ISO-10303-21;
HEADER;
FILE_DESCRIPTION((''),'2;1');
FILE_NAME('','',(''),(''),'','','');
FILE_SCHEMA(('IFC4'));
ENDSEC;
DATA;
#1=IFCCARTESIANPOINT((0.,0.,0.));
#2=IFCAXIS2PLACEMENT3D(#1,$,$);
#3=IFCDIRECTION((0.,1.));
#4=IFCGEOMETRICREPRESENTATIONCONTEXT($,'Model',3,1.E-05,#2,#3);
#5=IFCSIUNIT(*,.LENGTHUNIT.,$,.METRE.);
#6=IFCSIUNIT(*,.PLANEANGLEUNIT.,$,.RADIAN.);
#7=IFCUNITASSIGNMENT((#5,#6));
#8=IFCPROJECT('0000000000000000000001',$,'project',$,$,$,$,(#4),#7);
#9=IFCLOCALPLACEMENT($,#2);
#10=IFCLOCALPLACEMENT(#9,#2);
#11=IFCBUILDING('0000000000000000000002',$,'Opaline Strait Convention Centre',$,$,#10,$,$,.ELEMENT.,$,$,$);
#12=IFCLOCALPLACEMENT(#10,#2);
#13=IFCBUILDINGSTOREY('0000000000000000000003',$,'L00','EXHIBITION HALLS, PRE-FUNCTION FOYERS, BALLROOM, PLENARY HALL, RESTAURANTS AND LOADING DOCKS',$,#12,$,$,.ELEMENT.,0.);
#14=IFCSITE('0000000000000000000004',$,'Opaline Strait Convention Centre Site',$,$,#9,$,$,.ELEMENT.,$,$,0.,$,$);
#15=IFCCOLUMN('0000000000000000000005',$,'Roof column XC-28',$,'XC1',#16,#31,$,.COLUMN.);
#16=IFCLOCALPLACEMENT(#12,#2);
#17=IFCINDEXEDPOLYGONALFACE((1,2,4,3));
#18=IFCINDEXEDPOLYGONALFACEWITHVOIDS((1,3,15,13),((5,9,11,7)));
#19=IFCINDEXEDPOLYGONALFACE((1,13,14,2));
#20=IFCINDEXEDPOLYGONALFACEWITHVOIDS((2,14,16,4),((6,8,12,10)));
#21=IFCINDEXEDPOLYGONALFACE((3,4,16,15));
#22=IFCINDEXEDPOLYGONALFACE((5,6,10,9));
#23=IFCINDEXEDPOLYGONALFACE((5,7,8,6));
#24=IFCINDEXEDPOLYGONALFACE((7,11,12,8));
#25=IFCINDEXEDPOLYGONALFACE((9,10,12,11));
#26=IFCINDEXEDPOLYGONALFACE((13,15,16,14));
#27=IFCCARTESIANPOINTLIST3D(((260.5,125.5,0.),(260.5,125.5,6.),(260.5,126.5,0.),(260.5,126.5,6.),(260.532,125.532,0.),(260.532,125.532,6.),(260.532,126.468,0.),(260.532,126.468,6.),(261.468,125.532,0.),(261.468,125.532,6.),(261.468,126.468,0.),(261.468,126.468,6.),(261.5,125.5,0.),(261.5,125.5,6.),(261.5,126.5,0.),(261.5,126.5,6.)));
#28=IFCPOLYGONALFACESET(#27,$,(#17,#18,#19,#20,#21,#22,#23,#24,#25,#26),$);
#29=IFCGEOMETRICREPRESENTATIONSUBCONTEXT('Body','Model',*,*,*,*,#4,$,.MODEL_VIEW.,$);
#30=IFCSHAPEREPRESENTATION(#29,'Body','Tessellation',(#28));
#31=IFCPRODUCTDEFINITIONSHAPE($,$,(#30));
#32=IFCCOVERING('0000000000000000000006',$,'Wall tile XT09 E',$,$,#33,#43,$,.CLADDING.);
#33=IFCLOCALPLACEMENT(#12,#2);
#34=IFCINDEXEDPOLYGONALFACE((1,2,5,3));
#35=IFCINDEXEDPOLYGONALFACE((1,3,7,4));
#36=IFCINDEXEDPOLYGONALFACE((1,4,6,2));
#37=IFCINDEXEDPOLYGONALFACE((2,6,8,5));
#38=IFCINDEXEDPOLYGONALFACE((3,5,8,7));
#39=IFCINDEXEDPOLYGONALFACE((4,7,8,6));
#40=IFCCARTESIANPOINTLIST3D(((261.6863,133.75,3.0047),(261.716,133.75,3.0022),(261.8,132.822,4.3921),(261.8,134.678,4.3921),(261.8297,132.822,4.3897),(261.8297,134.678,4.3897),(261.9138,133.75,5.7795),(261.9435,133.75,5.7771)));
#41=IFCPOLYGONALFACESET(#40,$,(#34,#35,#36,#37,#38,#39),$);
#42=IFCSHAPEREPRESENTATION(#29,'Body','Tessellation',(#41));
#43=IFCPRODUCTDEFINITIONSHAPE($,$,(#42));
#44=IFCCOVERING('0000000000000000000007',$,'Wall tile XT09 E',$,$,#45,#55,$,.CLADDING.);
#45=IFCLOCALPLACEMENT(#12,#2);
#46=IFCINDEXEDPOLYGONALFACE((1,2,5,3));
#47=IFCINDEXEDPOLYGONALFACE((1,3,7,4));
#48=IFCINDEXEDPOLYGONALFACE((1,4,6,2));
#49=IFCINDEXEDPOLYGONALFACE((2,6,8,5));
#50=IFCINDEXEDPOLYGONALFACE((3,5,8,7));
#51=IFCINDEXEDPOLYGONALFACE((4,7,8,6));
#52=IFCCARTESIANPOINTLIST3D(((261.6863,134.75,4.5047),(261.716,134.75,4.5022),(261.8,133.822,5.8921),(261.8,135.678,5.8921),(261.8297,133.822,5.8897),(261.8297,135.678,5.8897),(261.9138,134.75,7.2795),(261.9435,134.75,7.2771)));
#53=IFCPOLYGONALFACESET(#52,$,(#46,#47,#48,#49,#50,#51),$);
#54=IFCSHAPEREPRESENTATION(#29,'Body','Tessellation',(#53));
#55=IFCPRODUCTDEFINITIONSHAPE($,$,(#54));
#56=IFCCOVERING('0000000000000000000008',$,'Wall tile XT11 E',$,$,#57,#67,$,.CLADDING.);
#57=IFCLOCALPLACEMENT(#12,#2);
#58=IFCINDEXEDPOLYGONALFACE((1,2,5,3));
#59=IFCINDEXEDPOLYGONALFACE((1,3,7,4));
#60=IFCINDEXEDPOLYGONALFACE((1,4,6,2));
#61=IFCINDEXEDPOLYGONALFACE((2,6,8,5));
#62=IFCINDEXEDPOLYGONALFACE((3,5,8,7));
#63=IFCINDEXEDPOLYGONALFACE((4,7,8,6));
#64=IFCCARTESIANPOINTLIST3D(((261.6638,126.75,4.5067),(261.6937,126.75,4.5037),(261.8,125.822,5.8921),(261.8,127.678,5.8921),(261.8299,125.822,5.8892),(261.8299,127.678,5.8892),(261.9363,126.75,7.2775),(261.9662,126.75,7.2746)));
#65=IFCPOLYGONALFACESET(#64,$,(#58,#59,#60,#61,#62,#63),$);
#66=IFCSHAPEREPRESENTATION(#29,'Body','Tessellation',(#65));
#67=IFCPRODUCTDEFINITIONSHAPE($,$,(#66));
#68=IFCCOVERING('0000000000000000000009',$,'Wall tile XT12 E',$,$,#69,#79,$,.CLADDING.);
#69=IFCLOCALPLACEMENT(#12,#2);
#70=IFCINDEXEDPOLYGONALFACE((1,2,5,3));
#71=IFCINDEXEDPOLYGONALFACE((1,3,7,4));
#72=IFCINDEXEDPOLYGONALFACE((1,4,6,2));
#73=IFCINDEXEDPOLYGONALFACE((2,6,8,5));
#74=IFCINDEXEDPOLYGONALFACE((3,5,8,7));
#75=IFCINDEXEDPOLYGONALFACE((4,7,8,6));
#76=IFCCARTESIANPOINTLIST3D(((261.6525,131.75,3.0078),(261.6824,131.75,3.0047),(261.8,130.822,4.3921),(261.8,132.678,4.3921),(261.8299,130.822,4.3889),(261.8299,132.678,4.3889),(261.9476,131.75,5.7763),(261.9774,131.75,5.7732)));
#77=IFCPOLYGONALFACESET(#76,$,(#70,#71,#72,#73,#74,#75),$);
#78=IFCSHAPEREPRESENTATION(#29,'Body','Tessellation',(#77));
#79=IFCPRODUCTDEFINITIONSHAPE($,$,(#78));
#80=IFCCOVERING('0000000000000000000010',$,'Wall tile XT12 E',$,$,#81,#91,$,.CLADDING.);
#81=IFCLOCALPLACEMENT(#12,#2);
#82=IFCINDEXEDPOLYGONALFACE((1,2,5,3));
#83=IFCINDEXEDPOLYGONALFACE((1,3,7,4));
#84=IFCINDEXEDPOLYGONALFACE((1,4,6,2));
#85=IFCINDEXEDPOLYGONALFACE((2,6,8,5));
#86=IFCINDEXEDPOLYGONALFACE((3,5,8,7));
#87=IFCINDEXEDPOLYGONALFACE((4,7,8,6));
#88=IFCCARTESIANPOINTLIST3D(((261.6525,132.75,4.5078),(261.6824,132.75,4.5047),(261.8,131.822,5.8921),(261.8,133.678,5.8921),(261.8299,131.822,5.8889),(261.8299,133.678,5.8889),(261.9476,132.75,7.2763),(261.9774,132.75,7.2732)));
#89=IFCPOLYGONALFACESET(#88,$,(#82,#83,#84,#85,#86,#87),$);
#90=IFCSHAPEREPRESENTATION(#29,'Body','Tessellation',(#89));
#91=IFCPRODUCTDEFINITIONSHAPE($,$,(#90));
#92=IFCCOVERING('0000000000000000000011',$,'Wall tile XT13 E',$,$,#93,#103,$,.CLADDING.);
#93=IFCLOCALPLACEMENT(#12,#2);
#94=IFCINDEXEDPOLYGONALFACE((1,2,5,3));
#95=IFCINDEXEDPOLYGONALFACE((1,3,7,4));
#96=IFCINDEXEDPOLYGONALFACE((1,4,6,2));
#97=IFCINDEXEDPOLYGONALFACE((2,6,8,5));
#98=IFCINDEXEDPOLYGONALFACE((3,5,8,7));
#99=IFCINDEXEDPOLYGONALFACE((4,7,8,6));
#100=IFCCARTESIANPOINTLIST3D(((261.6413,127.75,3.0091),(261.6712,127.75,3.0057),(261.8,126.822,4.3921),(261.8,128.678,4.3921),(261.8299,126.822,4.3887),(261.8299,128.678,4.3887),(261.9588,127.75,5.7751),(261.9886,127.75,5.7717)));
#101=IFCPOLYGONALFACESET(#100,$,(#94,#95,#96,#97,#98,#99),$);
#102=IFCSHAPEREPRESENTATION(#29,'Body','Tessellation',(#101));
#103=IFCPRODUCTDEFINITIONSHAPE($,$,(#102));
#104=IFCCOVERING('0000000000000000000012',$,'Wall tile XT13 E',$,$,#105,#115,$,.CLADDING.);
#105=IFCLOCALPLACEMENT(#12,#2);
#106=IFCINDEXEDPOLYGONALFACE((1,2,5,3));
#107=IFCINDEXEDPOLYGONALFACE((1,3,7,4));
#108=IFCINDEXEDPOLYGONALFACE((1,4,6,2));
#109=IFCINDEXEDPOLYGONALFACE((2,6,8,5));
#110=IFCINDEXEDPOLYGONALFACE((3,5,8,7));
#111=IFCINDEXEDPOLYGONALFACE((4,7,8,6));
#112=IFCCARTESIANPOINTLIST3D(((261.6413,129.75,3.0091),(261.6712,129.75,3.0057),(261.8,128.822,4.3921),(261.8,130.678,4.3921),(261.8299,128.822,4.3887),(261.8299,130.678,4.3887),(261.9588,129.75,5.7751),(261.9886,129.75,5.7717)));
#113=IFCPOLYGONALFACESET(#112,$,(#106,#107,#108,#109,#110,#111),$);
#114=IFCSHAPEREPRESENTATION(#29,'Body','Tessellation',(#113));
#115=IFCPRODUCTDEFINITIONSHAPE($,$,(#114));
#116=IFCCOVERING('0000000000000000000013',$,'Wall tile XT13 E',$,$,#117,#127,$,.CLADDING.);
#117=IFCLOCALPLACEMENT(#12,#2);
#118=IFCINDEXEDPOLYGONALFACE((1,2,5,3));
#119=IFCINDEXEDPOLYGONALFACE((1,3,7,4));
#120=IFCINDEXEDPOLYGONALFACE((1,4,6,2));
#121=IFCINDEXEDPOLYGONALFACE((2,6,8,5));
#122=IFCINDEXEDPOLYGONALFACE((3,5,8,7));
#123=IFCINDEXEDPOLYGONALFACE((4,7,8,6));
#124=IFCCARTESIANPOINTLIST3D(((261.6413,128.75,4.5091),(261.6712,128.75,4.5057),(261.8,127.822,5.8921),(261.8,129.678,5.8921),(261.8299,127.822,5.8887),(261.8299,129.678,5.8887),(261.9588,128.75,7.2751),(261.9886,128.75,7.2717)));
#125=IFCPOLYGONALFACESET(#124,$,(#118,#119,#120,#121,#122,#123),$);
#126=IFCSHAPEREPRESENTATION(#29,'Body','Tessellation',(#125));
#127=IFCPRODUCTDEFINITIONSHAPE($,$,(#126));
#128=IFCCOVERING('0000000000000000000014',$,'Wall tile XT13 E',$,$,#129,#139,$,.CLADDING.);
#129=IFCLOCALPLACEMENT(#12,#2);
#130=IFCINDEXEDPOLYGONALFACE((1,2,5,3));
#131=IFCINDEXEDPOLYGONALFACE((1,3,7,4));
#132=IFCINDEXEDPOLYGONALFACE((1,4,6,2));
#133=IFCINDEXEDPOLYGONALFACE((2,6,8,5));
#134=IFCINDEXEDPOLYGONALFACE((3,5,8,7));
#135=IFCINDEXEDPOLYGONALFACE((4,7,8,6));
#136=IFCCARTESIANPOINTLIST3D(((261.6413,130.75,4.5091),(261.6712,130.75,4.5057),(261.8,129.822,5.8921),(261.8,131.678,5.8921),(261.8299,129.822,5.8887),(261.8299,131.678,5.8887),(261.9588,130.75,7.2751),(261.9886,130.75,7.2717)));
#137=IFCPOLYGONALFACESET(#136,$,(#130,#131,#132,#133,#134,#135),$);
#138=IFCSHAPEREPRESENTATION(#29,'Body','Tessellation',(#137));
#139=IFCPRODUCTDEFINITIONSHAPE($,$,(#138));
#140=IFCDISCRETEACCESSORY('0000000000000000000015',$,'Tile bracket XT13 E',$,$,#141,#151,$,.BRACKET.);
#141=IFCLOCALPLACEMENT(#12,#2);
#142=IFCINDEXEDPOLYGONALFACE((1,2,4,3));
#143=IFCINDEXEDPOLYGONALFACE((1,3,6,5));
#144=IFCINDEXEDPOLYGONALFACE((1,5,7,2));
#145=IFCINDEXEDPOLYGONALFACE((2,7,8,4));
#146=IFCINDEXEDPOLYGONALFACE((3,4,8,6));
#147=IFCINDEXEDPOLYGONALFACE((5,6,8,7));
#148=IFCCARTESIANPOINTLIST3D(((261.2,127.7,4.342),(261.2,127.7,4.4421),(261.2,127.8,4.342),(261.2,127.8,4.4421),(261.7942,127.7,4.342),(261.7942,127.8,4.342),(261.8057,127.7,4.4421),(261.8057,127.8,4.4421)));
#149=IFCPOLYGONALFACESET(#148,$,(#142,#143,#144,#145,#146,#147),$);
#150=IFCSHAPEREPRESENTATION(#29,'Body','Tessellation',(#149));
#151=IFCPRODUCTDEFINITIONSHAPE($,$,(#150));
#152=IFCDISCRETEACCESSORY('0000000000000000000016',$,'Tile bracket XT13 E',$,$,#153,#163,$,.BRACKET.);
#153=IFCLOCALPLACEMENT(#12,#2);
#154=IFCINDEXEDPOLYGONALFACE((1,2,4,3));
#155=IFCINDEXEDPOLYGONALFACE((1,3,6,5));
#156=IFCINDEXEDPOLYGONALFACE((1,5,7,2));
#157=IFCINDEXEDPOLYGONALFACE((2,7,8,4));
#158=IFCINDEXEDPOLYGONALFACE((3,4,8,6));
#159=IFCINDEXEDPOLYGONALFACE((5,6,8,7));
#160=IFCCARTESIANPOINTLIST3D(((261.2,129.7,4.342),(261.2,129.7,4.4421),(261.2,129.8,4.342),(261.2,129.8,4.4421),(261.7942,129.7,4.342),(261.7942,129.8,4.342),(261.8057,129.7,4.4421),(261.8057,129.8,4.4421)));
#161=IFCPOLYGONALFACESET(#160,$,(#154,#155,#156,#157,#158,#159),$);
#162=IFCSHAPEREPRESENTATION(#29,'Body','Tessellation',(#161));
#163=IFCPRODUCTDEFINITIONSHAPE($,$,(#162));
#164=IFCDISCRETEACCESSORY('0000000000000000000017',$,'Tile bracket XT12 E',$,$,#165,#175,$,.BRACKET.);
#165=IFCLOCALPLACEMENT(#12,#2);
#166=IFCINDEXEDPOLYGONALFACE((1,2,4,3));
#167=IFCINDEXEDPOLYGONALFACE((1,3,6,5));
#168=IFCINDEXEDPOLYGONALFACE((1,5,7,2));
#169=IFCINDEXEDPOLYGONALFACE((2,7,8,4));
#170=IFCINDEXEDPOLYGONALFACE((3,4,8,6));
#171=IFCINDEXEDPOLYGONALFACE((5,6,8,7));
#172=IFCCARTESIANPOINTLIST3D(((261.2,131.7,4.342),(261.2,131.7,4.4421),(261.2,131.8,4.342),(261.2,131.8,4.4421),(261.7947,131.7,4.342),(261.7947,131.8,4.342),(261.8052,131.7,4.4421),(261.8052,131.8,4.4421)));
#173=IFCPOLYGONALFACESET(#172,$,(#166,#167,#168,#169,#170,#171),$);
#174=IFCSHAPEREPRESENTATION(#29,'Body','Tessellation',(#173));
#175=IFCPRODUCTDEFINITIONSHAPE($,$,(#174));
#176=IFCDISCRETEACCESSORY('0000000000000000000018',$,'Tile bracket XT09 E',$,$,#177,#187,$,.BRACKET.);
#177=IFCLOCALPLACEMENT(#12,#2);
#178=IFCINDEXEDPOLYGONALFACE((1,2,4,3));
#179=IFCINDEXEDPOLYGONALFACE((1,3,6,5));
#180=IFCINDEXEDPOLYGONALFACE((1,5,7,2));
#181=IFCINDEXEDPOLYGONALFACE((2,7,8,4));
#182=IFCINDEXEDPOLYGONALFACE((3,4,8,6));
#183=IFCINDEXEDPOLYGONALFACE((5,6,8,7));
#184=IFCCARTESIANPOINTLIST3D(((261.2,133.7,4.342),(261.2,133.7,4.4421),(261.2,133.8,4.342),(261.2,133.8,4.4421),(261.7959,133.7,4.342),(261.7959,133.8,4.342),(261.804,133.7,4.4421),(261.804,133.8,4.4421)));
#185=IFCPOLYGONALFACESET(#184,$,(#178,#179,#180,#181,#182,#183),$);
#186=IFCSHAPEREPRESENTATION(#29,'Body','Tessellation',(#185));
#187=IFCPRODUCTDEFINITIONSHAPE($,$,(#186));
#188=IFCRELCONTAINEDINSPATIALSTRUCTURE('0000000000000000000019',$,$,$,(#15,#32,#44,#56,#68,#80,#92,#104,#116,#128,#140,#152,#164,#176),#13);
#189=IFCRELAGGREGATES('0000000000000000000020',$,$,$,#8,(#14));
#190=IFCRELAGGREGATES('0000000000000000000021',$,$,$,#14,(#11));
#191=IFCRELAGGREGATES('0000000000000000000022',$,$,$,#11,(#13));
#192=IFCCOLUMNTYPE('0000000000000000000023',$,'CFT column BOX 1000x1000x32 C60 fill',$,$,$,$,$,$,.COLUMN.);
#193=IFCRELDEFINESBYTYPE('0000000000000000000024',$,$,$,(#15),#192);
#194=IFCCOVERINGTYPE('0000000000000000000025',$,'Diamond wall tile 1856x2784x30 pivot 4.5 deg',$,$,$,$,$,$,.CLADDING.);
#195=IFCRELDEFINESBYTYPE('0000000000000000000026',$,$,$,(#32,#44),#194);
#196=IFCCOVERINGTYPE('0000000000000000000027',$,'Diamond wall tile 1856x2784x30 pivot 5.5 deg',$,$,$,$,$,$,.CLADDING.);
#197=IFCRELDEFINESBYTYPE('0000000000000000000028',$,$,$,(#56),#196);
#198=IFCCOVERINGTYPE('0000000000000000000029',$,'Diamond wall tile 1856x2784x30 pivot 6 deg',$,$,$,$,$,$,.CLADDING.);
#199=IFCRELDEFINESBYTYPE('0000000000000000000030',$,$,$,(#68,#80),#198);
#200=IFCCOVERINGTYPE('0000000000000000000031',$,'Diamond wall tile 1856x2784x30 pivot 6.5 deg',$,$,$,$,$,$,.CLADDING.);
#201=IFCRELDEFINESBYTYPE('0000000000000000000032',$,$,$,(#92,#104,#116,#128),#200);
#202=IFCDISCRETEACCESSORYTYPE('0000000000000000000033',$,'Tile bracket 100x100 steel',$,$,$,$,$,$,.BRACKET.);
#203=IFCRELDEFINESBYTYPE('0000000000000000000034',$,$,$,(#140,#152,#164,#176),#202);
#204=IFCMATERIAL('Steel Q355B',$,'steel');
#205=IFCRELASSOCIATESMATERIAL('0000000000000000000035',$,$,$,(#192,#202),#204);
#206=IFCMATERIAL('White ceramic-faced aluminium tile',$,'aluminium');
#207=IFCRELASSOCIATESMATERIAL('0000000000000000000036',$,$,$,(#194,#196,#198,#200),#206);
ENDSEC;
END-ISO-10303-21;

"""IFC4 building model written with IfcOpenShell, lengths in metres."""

from ifc_helpers import new_model, si_unit, direction, frame, origin, origin_2d, place, context, subcontext, project, spatial, polyline, hollow_rectangle, outline, extrude, material, material_profile, profile_set, type_object, element, save


model = new_model("IFC4")

# Units and contexts
model_context = context("Model", 3, precision=1e-05, world=origin(), true_north=direction((0.0, 1.0)))
body_context = subcontext(model_context, "Body", "Model", "MODEL_VIEW")
ifc_project = project(units=[si_unit("LENGTHUNIT", "METRE"), si_unit("PLANEANGLEUNIT", "RADIAN")], contexts=[model_context])

# Site, building, storey
site_placement = place(None, origin())
site = spatial("IfcSite", under=ifc_project, at=site_placement, Name="Opaline Strait Convention Centre Site", CompositionType="ELEMENT", RefElevation=0.0)
building_placement = place(site_placement, origin())
building = spatial("IfcBuilding", under=site, at=building_placement, Name="Opaline Strait Convention Centre", CompositionType="ELEMENT")
storey_placement = place(building_placement, origin())
storey = spatial("IfcBuildingStorey", under=building, at=storey_placement, Name="L00", Description="EXHIBITION HALLS, PRE-FUNCTION FOYERS, BALLROOM, PLENARY HALL, RESTAURANTS AND LOADING DOCKS", CompositionType="ELEMENT", Elevation=0.0)

# Column
ifc_material_1 = material(Name="Steel Q355B", Category="steel")
ifc_material_profile_1 = material_profile(ifc_material_1, hollow_rectangle(XDim=1.0, YDim=1.0, WallThickness=0.032, at=origin_2d()), Name="BOX 1000x1000x32")
ifc_profile_set_1 = profile_set([ifc_material_profile_1], Name="Steel Q355B")
column_type = type_object("IfcColumnType", Name="CFT column BOX 1000x1000x32 C60 fill", PredefinedType="COLUMN", material=ifc_profile_set_1)
column_placement = place(storey_placement, frame((261.0, 126.0, 0.0), z_axis=(0.0, 0.0, 1.0), x_axis=(1.0, 0.0, 0.0)))
element("IfcColumn", 1, at=column_placement, inside=storey, type_object=column_type, Name="Roof column XC-28", ObjectType="XC1", PredefinedType="COLUMN", context=body_context, shape_type="SweptSolid", body=[
    extrude(hollow_rectangle(XDim=1.0, YDim=1.0, WallThickness=0.032, at=origin_2d()), origin(), (0.0, 0.0, 1.0), 6.0),
])

# Coverings
ifc_material_2 = material(Name="White ceramic-faced aluminium tile", Category="aluminium")
ifc_material_profile_2 = material_profile(ifc_material_2, outline(polyline([(0.928, 0.0), (0.0, 1.3921), (-0.928, 0.0), (0.0, -1.3921), (0.928, 0.0)])), Name="Diamond tile 1856x2784")
ifc_profile_set_2 = profile_set([ifc_material_profile_2], Name="White ceramic-faced aluminium tile")
covering_type_1 = type_object("IfcCoveringType", Name="Diamond wall tile 1856x2784x30 pivot 4.5 deg", PredefinedType="CLADDING", material=ifc_profile_set_2)
for number, where, z_axis, x_axis, name in (
    (2, (261.8, 133.75, 4.3921), (0.996658, 0.0, -0.081693), (0.0, 1.0, 0.0), "Wall tile XT09 E"),
    (3, (261.8, 134.75, 5.8921), (0.996658, 0.0, -0.081693), (0.0, 1.0, 0.0), "Wall tile XT09 E"),
):
    element("IfcCovering", number, at=place(storey_placement, frame(where, z_axis=z_axis, x_axis=x_axis)), inside=storey, type_object=covering_type_1, Name=name, PredefinedType="CLADDING", context=body_context, shape_type="SweptSolid", body=[
        extrude(outline(polyline([(0.928, 0.0), (0.0, 1.3921), (-0.928, 0.0), (0.0, -1.3921), (0.928, 0.0)])), origin(), (0.0, 0.0, 1.0), 0.0298),
    ])
ifc_material_profile_3 = material_profile(ifc_material_2, outline(polyline([(0.928, 0.0), (0.0, 1.3921), (-0.928, 0.0), (0.0, -1.3921), (0.928, 0.0)])), Name="Diamond tile 1856x2784")
ifc_profile_set_3 = profile_set([ifc_material_profile_3], Name="White ceramic-faced aluminium tile")
covering_type_2 = type_object("IfcCoveringType", Name="Diamond wall tile 1856x2784x30 pivot 5.5 deg", PredefinedType="CLADDING", material=ifc_profile_set_3)
covering_placement = place(storey_placement, frame((261.8, 126.75, 5.8921), z_axis=(0.995197, 0.0, -0.097888), x_axis=(0.0, 1.0, 0.0)))
element("IfcCovering", 4, at=covering_placement, inside=storey, type_object=covering_type_2, Name="Wall tile XT11 E", PredefinedType="CLADDING", context=body_context, shape_type="SweptSolid", body=[
    extrude(outline(polyline([(0.928, 0.0), (0.0, 1.3921), (-0.928, 0.0), (0.0, -1.3921), (0.928, 0.0)])), origin(), (0.0, 0.0, 1.0), 0.03),
])
ifc_material_profile_4 = material_profile(ifc_material_2, outline(polyline([(0.928, 0.0), (0.0, 1.3921), (-0.928, 0.0), (0.0, -1.3921), (0.928, 0.0)])), Name="Diamond tile 1856x2784")
ifc_profile_set_4 = profile_set([ifc_material_profile_4], Name="White ceramic-faced aluminium tile")
covering_type_3 = type_object("IfcCoveringType", Name="Diamond wall tile 1856x2784x30 pivot 6 deg", PredefinedType="CLADDING", material=ifc_profile_set_4)
for number, where, z_axis, x_axis, name in (
    (5, (261.8, 131.75, 4.3921), (0.994371, 0.0, -0.105958), (0.0, 1.0, 0.0), "Wall tile XT12 E"),
    (6, (261.8, 132.75, 5.8921), (0.994371, 0.0, -0.105958), (0.0, 1.0, 0.0), "Wall tile XT12 E"),
):
    element("IfcCovering", number, at=place(storey_placement, frame(where, z_axis=z_axis, x_axis=x_axis)), inside=storey, type_object=covering_type_3, Name=name, PredefinedType="CLADDING", context=body_context, shape_type="SweptSolid", body=[
        extrude(outline(polyline([(0.928, 0.0), (0.0, 1.3921), (-0.928, 0.0), (0.0, -1.3921), (0.928, 0.0)])), origin(), (0.0, 0.0, 1.0), 0.03),
    ])
ifc_material_profile_5 = material_profile(ifc_material_2, outline(polyline([(0.928, 0.0), (0.0, 1.3921), (-0.928, 0.0), (0.0, -1.3921), (0.928, 0.0)])), Name="Diamond tile 1856x2784")
ifc_profile_set_5 = profile_set([ifc_material_profile_5], Name="White ceramic-faced aluminium tile")
covering_type_4 = type_object("IfcCoveringType", Name="Diamond wall tile 1856x2784x30 pivot 6.5 deg", PredefinedType="CLADDING", material=ifc_profile_set_5)
for number, where, z_axis, x_axis, name in (
    (7, (261.8, 127.75, 4.3921), (0.99348, 0.0, -0.114006), (0.0, 1.0, 0.0), "Wall tile XT13 E"),
    (8, (261.8, 129.75, 4.3921), (0.99348, 0.0, -0.114006), (0.0, 1.0, 0.0), "Wall tile XT13 E"),
    (9, (261.8, 128.75, 5.8921), (0.99348, 0.0, -0.114006), (0.0, 1.0, 0.0), "Wall tile XT13 E"),
    (10, (261.8, 130.75, 5.8921), (0.99348, 0.0, -0.114006), (0.0, 1.0, 0.0), "Wall tile XT13 E"),
):
    element("IfcCovering", number, at=place(storey_placement, frame(where, z_axis=z_axis, x_axis=x_axis)), inside=storey, type_object=covering_type_4, Name=name, PredefinedType="CLADDING", context=body_context, shape_type="SweptSolid", body=[
        extrude(outline(polyline([(0.928, 0.0), (0.0, 1.3921), (-0.928, 0.0), (0.0, -1.3921), (0.928, 0.0)])), origin(), (0.0, 0.0, 1.0), 0.03),
    ])

# Discrete accessories
discrete_accessory_type = type_object("IfcDiscreteAccessoryType", Name="Tile bracket 100x100 steel", PredefinedType="BRACKET", material=ifc_material_1)
for number, where, z_axis, x_axis, name in (
    (11, (261.2, 127.7, 4.3921), (0.0, 1.0, 0.0), (-1.0, 0.0, 0.0), "Tile bracket XT13 E"),
    (12, (261.2, 129.7, 4.3921), (0.0, 1.0, 0.0), (-1.0, 0.0, 0.0), "Tile bracket XT13 E"),
):
    element("IfcDiscreteAccessory", number, at=place(storey_placement, frame(where, z_axis=z_axis, x_axis=x_axis)), inside=storey, type_object=discrete_accessory_type, Name=name, PredefinedType="BRACKET", context=body_context, shape_type="SweptSolid", body=[
        extrude(outline(polyline([(0.0, -0.05), (0.0, 0.05), (-0.6057, 0.05), (-0.5942, -0.05), (0.0, -0.05)])), origin(), (0.0, 0.0, 1.0), 0.1001),
    ])
discrete_accessory_1_placement = place(storey_placement, frame((261.2, 131.7, 4.3921), z_axis=(0.0, 1.0, 0.0), x_axis=(-1.0, 0.0, 0.0)))
element("IfcDiscreteAccessory", 13, at=discrete_accessory_1_placement, inside=storey, type_object=discrete_accessory_type, Name="Tile bracket XT12 E", PredefinedType="BRACKET", context=body_context, shape_type="SweptSolid", body=[
    extrude(outline(polyline([(0.0, -0.05), (0.0, 0.05), (-0.6052, 0.05), (-0.5947, -0.05), (0.0, -0.05)])), origin(), (0.0, 0.0, 1.0), 0.1001),
])
discrete_accessory_2_placement = place(storey_placement, frame((261.2, 133.7, 4.3921), z_axis=(0.0, 1.0, 0.0), x_axis=(-1.0, 0.0, 0.0)))
element("IfcDiscreteAccessory", 14, at=discrete_accessory_2_placement, inside=storey, type_object=discrete_accessory_type, Name="Tile bracket XT09 E", PredefinedType="BRACKET", context=body_context, shape_type="SweptSolid", body=[
    extrude(outline(polyline([(0.0, -0.05), (0.0, 0.05), (-0.604, 0.05), (-0.5959, -0.05), (0.0, -0.05)])), origin(), (0.0, 0.0, 1.0), 0.1001),
])

save(model, "model.ifc")
